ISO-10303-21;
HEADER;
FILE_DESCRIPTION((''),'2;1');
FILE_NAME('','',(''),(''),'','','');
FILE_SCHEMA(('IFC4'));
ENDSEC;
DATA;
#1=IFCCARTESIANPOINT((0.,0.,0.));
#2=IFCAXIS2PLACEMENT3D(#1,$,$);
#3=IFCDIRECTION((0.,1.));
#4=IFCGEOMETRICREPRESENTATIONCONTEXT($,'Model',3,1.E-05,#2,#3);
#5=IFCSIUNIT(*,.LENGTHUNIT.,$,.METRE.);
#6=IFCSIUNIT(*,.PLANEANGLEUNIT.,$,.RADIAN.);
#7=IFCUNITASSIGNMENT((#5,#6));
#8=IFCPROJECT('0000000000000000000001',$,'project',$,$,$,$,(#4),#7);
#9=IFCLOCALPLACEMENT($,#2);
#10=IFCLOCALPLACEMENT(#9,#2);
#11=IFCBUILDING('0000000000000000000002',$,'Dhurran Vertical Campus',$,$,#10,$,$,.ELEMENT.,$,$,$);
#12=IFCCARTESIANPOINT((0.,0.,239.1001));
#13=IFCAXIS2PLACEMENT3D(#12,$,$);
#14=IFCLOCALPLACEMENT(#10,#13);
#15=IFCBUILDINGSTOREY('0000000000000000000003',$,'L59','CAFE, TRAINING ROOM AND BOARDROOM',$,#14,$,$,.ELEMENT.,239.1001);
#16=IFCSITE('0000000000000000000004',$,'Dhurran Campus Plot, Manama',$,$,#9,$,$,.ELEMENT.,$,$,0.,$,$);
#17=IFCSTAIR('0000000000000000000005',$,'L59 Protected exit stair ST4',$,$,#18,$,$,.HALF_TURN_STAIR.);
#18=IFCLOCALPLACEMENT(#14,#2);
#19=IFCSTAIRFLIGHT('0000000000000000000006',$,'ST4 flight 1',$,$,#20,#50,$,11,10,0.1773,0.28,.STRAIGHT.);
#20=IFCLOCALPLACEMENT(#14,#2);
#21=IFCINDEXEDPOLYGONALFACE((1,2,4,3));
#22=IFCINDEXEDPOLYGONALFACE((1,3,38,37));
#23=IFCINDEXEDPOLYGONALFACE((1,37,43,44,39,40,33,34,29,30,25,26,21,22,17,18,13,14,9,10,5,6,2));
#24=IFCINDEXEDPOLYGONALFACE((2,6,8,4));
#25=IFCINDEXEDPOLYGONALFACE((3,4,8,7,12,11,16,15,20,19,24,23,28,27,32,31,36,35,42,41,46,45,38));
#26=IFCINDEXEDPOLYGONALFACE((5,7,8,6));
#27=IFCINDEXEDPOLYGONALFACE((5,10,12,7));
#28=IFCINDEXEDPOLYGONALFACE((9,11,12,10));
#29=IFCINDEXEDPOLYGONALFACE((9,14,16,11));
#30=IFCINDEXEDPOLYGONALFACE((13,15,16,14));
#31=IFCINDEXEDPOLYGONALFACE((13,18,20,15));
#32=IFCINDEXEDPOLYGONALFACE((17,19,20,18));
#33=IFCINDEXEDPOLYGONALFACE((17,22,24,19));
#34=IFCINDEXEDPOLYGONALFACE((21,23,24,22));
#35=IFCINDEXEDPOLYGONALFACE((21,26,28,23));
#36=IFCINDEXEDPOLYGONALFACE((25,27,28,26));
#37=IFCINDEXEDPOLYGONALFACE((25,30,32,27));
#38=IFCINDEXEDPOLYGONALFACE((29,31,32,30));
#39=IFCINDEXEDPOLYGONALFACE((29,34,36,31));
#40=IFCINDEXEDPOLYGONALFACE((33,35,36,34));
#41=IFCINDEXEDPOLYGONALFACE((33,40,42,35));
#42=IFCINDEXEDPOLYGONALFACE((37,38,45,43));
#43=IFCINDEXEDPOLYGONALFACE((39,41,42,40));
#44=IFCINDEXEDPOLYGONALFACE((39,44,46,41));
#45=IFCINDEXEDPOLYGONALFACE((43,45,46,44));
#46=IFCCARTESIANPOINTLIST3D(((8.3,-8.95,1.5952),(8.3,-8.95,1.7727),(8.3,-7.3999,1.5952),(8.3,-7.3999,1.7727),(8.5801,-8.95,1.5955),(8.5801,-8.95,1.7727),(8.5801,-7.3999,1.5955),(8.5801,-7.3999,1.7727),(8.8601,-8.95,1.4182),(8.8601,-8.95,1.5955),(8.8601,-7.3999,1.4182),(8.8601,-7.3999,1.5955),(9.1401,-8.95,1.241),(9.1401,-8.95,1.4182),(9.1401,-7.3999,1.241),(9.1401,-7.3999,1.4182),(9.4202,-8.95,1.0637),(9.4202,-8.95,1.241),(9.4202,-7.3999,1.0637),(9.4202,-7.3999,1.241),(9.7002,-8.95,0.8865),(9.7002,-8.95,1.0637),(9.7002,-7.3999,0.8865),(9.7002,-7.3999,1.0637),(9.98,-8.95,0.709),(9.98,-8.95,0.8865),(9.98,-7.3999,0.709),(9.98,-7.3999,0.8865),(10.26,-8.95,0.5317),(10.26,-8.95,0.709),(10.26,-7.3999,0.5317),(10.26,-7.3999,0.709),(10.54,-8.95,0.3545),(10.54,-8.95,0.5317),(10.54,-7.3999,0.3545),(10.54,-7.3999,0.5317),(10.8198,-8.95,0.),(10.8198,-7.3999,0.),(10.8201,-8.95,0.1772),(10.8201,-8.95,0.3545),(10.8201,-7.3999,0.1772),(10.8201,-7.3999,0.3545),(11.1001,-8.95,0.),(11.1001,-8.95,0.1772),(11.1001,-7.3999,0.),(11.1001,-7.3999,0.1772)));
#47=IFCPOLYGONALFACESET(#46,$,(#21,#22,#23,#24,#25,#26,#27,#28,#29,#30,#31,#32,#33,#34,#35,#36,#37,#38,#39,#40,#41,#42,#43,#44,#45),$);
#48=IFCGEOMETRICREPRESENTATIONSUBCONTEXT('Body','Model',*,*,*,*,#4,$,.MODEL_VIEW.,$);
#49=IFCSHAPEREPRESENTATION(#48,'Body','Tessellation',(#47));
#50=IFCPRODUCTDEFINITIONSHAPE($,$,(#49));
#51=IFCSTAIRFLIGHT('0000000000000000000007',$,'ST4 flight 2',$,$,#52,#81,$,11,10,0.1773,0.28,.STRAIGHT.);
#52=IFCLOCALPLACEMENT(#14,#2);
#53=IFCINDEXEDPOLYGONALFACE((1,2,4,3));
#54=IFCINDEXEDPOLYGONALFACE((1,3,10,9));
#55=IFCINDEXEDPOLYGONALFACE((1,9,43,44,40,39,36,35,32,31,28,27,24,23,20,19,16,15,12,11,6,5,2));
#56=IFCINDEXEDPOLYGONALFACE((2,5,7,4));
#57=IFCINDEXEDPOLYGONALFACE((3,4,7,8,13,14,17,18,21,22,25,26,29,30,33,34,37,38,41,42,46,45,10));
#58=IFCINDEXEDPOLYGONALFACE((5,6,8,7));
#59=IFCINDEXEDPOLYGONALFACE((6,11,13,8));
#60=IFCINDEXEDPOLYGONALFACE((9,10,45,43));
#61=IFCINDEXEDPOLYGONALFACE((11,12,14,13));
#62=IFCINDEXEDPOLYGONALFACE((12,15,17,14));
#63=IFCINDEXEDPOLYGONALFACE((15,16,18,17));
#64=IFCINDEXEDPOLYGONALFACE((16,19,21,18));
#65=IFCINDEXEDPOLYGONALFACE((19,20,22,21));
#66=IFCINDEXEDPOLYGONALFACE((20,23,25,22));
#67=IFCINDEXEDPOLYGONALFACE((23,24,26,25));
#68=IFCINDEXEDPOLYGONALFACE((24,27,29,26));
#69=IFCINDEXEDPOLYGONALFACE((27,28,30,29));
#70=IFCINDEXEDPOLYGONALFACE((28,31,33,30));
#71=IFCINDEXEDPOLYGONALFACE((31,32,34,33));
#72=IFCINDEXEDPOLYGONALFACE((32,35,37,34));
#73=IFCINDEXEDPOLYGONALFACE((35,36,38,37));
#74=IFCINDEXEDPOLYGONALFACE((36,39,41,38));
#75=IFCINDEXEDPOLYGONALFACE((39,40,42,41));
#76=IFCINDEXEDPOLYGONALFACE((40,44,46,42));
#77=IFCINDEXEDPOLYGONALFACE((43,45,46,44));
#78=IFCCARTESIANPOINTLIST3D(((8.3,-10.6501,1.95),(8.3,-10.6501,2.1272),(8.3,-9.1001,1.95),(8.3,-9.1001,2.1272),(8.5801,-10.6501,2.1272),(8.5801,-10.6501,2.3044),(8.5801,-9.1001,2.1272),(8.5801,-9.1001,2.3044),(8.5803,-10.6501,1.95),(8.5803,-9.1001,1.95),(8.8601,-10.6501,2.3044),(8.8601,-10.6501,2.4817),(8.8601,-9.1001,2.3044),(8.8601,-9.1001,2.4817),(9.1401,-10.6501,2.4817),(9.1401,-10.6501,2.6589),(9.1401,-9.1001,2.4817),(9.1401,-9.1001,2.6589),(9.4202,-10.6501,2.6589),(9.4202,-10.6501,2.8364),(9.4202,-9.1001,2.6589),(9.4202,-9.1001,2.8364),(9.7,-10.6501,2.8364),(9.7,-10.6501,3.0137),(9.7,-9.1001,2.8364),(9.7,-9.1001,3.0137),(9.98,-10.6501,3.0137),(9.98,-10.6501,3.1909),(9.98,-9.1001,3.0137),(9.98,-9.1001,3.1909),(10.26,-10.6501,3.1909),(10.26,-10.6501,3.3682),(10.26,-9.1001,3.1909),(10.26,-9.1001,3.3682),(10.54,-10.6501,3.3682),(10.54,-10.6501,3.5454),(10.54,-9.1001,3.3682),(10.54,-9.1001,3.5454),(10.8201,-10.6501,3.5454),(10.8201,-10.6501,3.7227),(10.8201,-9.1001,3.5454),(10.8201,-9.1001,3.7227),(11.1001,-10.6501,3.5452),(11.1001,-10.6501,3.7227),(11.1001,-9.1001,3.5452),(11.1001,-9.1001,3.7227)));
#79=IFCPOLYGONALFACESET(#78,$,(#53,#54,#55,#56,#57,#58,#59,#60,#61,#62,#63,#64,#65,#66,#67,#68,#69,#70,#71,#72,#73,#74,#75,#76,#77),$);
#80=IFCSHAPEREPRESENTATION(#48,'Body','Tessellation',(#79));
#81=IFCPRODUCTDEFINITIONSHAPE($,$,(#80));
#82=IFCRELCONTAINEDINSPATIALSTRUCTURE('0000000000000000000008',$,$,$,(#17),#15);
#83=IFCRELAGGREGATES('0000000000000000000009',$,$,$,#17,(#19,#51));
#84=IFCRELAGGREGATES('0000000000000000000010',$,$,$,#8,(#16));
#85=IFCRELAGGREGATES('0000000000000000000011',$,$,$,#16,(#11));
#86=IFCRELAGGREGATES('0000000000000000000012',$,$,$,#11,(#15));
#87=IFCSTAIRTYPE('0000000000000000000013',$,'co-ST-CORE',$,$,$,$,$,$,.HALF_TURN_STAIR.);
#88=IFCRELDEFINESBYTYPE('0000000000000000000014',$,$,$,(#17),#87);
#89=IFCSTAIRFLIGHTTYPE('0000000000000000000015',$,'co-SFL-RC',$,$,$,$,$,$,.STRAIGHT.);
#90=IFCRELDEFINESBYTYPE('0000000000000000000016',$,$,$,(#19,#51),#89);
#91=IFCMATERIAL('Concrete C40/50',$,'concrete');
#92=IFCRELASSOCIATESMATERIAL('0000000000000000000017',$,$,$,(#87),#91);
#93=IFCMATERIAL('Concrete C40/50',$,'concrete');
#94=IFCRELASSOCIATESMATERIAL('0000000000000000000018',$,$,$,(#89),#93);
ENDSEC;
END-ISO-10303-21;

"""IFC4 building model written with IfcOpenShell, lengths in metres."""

from ifc_helpers import new_model, si_unit, direction, frame, origin, place, context, subcontext, project, spatial, polyline, outline, extrude, material, type_object, element, aggregate, save


model = new_model("IFC4")

# Units and contexts
model_context = context("Model", 3, precision=1e-05, world=origin(), true_north=direction((0.0, 1.0)))
body_context = subcontext(model_context, "Body", "Model", "MODEL_VIEW")
ifc_project = project(units=[si_unit("LENGTHUNIT", "METRE"), si_unit("PLANEANGLEUNIT", "RADIAN")], contexts=[model_context])

# Site, building, storey
site_placement = place(None, origin())
site = spatial("IfcSite", under=ifc_project, at=site_placement, Name="Dhurran Campus Plot, Manama", CompositionType="ELEMENT", RefElevation=0.0)
building_placement = place(site_placement, origin())
building = spatial("IfcBuilding", under=site, at=building_placement, Name="Dhurran Vertical Campus", CompositionType="ELEMENT")
storey_placement = place(building_placement, frame((0.0, 0.0, 239.1001)))
storey = spatial("IfcBuildingStorey", under=building, at=storey_placement, Name="L59", Description="CAFE, TRAINING ROOM AND BOARDROOM", CompositionType="ELEMENT", Elevation=239.1001)

# Stair, stair flights
ifc_material_1 = material(Name="Concrete C40/50", Category="concrete")
stair_type = type_object("IfcStairType", Name="co-ST-CORE", PredefinedType="HALF_TURN_STAIR", material=ifc_material_1)
stair_placement = place(storey_placement, origin())
stair = element("IfcStair", 1, at=stair_placement, inside=storey, type_object=stair_type, Name="L59 Protected exit stair ST4", PredefinedType="HALF_TURN_STAIR")
ifc_material_2 = material(Name="Concrete C40/50", Category="concrete")
stair_flight_type = type_object("IfcStairFlightType", Name="co-SFL-RC", PredefinedType="STRAIGHT", material=ifc_material_2)
stair_flight_1_placement = place(storey_placement, frame((11.1001, -8.175, 0.0), z_axis=(0.0, 0.0, 1.0), x_axis=(-1.0, 0.0, 0.0)))
stair_flight_1 = element("IfcStairFlight", 2, at=stair_flight_1_placement, type_object=stair_flight_type, Name="ST4 flight 1", NumberOfRisers=11, NumberOfTreads=10, PredefinedType="STRAIGHT", RiserHeight=0.1773, TreadLength=0.28, context=body_context, shape_type="SweptSolid", body=[
    extrude(outline(polyline([(0.0, 0.0), (0.0, 0.1772), (0.28, 0.1772), (0.28, 0.3545), (0.5601, 0.3545), (0.5601, 0.5317), (0.8401, 0.5317), (0.8401, 0.709), (1.1201, 0.709), (1.1201, 0.8865), (1.3999, 0.8865), (1.3999, 1.0637), (1.6799, 1.0637), (1.6799, 1.241), (1.96, 1.241), (1.96, 1.4182), (2.24, 1.4182), (2.24, 1.5955), (2.52, 1.5955), (2.52, 1.7727), (2.8, 1.7727), (2.8, 1.95), (2.8, 1.5952), (0.2803, 0.0), (0.0, 0.0)])), frame((0.0, 0.7749, 0.0), z_axis=(0.0, -1.0, 0.0), x_axis=(1.0, 0.0, 0.0)), (0.0, 0.0, 1.0), 1.55),
])
stair_flight_2_placement = place(storey_placement, frame((8.3, -9.875, 1.95), z_axis=(0.0, 0.0, 1.0), x_axis=(1.0, 0.0, 0.0)))
stair_flight_2 = element("IfcStairFlight", 3, at=stair_flight_2_placement, type_object=stair_flight_type, Name="ST4 flight 2", NumberOfRisers=11, NumberOfTreads=10, PredefinedType="STRAIGHT", RiserHeight=0.1773, TreadLength=0.28, context=body_context, shape_type="SweptSolid", body=[
    extrude(outline(polyline([(0.0, 0.0), (0.0, 0.1772), (0.28, 0.1772), (0.28, 0.3545), (0.5601, 0.3545), (0.5601, 0.5317), (0.8401, 0.5317), (0.8401, 0.709), (1.1201, 0.709), (1.1201, 0.8865), (1.3999, 0.8865), (1.3999, 1.0637), (1.6799, 1.0637), (1.6799, 1.241), (1.96, 1.241), (1.96, 1.4182), (2.24, 1.4182), (2.24, 1.5955), (2.52, 1.5955), (2.52, 1.7727), (2.8, 1.7727), (2.8, 1.95), (2.8, 1.5952), (0.2803, 0.0), (0.0, 0.0)])), frame((0.0, 0.7749, 0.0), z_axis=(0.0, -1.0, 0.0), x_axis=(1.0, 0.0, 0.0)), (0.0, 0.0, 1.0), 1.55),
])
aggregate(stair, [stair_flight_1, stair_flight_2])

save(model, "model.ifc")
